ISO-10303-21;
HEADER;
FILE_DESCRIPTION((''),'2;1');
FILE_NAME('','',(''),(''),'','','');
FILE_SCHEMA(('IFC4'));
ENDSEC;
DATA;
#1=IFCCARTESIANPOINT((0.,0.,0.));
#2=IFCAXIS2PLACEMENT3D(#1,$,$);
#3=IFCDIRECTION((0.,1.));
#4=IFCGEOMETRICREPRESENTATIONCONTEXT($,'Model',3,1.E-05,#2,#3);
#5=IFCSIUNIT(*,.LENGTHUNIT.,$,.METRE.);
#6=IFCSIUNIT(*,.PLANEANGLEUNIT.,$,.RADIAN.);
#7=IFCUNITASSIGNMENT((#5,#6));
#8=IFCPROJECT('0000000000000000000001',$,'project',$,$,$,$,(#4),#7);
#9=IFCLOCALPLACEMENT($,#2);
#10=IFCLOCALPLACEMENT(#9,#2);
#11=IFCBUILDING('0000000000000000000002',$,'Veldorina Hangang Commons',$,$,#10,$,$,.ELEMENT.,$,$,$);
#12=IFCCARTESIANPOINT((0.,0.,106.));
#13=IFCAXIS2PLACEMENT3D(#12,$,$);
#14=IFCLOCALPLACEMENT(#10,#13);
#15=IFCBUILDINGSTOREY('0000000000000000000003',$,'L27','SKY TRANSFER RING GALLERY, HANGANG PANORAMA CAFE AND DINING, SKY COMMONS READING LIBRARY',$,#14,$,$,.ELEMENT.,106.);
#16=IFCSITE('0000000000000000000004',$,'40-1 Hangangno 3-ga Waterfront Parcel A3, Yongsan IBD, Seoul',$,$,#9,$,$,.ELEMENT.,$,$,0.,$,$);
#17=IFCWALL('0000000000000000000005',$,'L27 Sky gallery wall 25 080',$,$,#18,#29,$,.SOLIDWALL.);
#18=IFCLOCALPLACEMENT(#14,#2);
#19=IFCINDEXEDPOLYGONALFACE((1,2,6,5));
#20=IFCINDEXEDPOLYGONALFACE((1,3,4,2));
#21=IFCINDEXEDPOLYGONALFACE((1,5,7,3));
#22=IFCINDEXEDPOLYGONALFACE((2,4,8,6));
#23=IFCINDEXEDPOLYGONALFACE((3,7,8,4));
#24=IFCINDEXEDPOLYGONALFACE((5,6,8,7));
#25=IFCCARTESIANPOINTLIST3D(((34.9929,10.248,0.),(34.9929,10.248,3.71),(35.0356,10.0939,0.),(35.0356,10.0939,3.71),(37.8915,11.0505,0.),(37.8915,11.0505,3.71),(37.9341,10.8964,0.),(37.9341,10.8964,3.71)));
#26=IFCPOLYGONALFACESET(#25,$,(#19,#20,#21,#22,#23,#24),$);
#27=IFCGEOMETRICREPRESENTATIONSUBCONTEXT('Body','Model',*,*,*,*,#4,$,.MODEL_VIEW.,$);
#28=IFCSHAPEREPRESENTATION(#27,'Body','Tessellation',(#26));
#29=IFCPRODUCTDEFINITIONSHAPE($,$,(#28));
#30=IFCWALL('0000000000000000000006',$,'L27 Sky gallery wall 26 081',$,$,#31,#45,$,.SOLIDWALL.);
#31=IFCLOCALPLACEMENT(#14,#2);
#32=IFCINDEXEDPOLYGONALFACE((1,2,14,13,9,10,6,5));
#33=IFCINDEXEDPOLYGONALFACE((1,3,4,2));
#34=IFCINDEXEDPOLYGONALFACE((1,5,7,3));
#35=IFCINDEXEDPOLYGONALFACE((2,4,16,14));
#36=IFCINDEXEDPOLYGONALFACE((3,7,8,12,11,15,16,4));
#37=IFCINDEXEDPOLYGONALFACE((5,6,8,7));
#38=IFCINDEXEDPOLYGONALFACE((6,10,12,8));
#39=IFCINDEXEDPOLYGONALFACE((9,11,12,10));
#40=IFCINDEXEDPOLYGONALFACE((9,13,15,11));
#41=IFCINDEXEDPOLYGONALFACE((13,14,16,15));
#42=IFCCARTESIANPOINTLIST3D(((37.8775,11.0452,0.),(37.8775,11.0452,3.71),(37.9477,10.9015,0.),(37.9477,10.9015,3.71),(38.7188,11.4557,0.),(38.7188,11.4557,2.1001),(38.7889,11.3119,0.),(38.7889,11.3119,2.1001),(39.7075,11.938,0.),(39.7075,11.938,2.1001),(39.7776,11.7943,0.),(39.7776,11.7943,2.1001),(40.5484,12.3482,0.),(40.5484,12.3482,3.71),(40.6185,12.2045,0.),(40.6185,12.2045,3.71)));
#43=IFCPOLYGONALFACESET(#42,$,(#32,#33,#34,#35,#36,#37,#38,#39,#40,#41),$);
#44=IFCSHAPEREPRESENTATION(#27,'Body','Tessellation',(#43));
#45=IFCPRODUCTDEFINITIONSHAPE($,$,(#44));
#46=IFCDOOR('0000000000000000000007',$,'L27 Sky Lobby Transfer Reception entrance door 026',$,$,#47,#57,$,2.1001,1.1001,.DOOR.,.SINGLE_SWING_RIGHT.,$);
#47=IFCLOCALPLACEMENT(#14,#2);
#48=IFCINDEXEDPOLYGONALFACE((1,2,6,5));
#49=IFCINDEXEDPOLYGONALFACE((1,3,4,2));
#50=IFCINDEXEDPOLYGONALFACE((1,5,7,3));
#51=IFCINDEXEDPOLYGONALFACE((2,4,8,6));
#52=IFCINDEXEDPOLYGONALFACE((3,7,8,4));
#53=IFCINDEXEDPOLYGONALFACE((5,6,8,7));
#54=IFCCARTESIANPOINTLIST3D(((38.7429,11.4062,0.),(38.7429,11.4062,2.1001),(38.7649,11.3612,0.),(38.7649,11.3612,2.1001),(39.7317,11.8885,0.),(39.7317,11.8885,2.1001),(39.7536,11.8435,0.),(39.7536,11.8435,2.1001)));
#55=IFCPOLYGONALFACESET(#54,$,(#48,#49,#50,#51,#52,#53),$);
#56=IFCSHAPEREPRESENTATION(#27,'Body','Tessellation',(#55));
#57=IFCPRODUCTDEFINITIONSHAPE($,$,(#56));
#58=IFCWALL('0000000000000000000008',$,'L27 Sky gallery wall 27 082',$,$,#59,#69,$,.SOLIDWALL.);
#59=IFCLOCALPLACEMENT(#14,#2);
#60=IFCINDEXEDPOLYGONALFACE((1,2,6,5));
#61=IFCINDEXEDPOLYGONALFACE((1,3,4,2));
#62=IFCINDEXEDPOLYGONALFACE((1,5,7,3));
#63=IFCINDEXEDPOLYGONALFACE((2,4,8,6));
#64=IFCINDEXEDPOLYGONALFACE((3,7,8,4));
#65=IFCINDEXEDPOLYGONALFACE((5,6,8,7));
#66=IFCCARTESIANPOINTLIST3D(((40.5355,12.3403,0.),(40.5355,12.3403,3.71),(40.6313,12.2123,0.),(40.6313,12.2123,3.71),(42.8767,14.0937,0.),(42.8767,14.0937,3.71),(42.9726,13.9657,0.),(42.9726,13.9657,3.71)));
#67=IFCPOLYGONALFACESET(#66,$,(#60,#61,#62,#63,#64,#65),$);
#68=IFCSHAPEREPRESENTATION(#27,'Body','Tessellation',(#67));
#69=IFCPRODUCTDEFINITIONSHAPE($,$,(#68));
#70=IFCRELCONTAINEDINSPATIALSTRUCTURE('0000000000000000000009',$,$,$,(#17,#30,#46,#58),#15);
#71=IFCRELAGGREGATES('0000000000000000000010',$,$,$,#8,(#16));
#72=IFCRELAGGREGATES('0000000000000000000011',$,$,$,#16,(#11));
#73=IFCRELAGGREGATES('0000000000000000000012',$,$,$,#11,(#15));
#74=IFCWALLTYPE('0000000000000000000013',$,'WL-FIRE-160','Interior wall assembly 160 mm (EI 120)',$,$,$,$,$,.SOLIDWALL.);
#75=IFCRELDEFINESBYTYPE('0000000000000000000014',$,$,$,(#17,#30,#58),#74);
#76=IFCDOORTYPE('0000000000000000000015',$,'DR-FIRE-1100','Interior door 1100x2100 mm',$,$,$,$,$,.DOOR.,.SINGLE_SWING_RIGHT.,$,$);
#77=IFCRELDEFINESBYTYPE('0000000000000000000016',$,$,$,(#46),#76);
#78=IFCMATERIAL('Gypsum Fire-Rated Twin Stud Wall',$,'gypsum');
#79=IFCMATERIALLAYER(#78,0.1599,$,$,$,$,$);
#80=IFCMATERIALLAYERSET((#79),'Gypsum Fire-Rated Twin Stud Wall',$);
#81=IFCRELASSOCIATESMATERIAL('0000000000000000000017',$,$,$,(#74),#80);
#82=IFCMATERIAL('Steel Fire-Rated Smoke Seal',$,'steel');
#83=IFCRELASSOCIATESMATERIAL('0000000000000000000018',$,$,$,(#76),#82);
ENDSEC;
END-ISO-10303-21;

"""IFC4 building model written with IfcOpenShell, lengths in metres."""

from ifc_helpers import new_model, si_unit, direction, frame, frame_2d, origin, place, context, subcontext, project, spatial, rectangle, extrude, material, layer, layer_set, type_object, element, fill, save


model = new_model("IFC4")

# Units and contexts
model_context = context("Model", 3, precision=1e-05, world=origin(), true_north=direction((0.0, 1.0)))
body_context = subcontext(model_context, "Body", "Model", "MODEL_VIEW")
ifc_project = project(units=[si_unit("LENGTHUNIT", "METRE"), si_unit("PLANEANGLEUNIT", "RADIAN")], contexts=[model_context])

# Site, building, storey
site_placement = place(None, origin())
site = spatial("IfcSite", under=ifc_project, at=site_placement, Name="40-1 Hangangno 3-ga Waterfront Parcel A3, Yongsan IBD, Seoul", CompositionType="ELEMENT", RefElevation=0.0)
building_placement = place(site_placement, origin())
building = spatial("IfcBuilding", under=site, at=building_placement, Name="Veldorina Hangang Commons", CompositionType="ELEMENT")
storey_placement = place(building_placement, frame((0.0, 0.0, 106.0)))
storey = spatial("IfcBuildingStorey", under=building, at=storey_placement, Name="L27", Description="SKY TRANSFER RING GALLERY, HANGANG PANORAMA CAFE AND DINING, SKY COMMONS READING LIBRARY", CompositionType="ELEMENT", Elevation=106.0)

# Wall
ifc_material_1 = material(Name="Gypsum Fire-Rated Twin Stud Wall", Category="gypsum")
ifc_layer_1 = layer(ifc_material_1, 0.1599)
ifc_layer_set_1 = layer_set([ifc_layer_1], Name="Gypsum Fire-Rated Twin Stud Wall")
wall_type_1 = type_object("IfcWallType", Name="WL-FIRE-160", Description="Interior wall assembly 160 mm (EI 120)", PredefinedType="SOLIDWALL", material=ifc_layer_set_1)
wall_1_placement = place(storey_placement, frame((35.0142, 10.1709, 0.0), z_axis=(0.0, 0.0, 1.0), x_axis=(0.963743, 0.266832, 0.0)))
element("IfcWall", 1, at=wall_1_placement, inside=storey, type_object=wall_type_1, Name="L27 Sky gallery wall 25 080", PredefinedType="SOLIDWALL", context=body_context, shape_type="SweptSolid", body=[
    extrude(rectangle(XDim=3.0076, YDim=0.1599, at=frame_2d((1.5039, 0.0))), origin(), (0.0, 0.0, 1.0), 3.71),
])

# Wall, opening, door
wall_2_placement = place(storey_placement, frame((37.9126, 10.9734, 0.0), z_axis=(0.0, 0.0, 1.0), x_axis=(0.898755, 0.438451, 0.0)))
wall_2 = element("IfcWall", 2, at=wall_2_placement, inside=storey, type_object=wall_type_1, Name="L27 Sky gallery wall 26 081", PredefinedType="SOLIDWALL", context=body_context, shape_type="SweptSolid", body=[
    extrude(rectangle(XDim=2.9717, YDim=0.1599, at=frame_2d((1.4858, 0.0))), origin(), (0.0, 0.0, 1.0), 3.71),
])
opening_1_placement = place(wall_2_placement, frame((0.936, 0.0, 0.0)))
opening_1 = element("IfcOpeningElement", 3, at=opening_1_placement, cuts=wall_2, PredefinedType="OPENING", context=body_context, shape_type="SweptSolid", body=[
    extrude(rectangle(XDim=1.1001, YDim=2.1001, at=frame_2d((0.55, 1.05))), frame((0.0, 0.0898, 0.0), z_axis=(0.0, -1.0, 0.0), x_axis=(1.0, 0.0, 0.0)), (0.0, 0.0, 1.0), 0.1799),
])
ifc_material_2 = material(Name="Steel Fire-Rated Smoke Seal", Category="steel")
door_type_1 = type_object("IfcDoorType", Name="DR-FIRE-1100", Description="Interior door 1100x2100 mm", OperationType="SINGLE_SWING_RIGHT", PredefinedType="DOOR", material=ifc_material_2)
door_1_placement = place(opening_1_placement, origin())
door_1 = element("IfcDoor", 4, at=door_1_placement, inside=storey, type_object=door_type_1, Name="L27 Sky Lobby Transfer Reception entrance door 026", OperationType="SINGLE_SWING_RIGHT", OverallHeight=2.1001, OverallWidth=1.1001, PredefinedType="DOOR", context=body_context, shape_type="SweptSolid", body=[
    extrude(rectangle(XDim=1.1001, YDim=2.1001, at=frame_2d((0.55, 1.05))), frame((0.0, 0.0249, 0.0), z_axis=(0.0, -1.0, 0.0), x_axis=(1.0, 0.0, 0.0)), (0.0, 0.0, 1.0), 0.05),
])
fill(opening_1, door_1)

# Wall
wall_3_placement = place(storey_placement, frame((40.5835, 12.2764, 0.0), z_axis=(0.0, 0.0, 1.0), x_axis=(0.80042, 0.599439, 0.0)))
element("IfcWall", 5, at=wall_3_placement, inside=storey, type_object=wall_type_1, Name="L27 Sky gallery wall 27 082", PredefinedType="SOLIDWALL", context=body_context, shape_type="SweptSolid", body=[
    extrude(rectangle(XDim=2.925, YDim=0.1599, at=frame_2d((1.4624, 0.0))), origin(), (0.0, 0.0, 1.0), 3.71),
])

save(model, "model.ifc")
